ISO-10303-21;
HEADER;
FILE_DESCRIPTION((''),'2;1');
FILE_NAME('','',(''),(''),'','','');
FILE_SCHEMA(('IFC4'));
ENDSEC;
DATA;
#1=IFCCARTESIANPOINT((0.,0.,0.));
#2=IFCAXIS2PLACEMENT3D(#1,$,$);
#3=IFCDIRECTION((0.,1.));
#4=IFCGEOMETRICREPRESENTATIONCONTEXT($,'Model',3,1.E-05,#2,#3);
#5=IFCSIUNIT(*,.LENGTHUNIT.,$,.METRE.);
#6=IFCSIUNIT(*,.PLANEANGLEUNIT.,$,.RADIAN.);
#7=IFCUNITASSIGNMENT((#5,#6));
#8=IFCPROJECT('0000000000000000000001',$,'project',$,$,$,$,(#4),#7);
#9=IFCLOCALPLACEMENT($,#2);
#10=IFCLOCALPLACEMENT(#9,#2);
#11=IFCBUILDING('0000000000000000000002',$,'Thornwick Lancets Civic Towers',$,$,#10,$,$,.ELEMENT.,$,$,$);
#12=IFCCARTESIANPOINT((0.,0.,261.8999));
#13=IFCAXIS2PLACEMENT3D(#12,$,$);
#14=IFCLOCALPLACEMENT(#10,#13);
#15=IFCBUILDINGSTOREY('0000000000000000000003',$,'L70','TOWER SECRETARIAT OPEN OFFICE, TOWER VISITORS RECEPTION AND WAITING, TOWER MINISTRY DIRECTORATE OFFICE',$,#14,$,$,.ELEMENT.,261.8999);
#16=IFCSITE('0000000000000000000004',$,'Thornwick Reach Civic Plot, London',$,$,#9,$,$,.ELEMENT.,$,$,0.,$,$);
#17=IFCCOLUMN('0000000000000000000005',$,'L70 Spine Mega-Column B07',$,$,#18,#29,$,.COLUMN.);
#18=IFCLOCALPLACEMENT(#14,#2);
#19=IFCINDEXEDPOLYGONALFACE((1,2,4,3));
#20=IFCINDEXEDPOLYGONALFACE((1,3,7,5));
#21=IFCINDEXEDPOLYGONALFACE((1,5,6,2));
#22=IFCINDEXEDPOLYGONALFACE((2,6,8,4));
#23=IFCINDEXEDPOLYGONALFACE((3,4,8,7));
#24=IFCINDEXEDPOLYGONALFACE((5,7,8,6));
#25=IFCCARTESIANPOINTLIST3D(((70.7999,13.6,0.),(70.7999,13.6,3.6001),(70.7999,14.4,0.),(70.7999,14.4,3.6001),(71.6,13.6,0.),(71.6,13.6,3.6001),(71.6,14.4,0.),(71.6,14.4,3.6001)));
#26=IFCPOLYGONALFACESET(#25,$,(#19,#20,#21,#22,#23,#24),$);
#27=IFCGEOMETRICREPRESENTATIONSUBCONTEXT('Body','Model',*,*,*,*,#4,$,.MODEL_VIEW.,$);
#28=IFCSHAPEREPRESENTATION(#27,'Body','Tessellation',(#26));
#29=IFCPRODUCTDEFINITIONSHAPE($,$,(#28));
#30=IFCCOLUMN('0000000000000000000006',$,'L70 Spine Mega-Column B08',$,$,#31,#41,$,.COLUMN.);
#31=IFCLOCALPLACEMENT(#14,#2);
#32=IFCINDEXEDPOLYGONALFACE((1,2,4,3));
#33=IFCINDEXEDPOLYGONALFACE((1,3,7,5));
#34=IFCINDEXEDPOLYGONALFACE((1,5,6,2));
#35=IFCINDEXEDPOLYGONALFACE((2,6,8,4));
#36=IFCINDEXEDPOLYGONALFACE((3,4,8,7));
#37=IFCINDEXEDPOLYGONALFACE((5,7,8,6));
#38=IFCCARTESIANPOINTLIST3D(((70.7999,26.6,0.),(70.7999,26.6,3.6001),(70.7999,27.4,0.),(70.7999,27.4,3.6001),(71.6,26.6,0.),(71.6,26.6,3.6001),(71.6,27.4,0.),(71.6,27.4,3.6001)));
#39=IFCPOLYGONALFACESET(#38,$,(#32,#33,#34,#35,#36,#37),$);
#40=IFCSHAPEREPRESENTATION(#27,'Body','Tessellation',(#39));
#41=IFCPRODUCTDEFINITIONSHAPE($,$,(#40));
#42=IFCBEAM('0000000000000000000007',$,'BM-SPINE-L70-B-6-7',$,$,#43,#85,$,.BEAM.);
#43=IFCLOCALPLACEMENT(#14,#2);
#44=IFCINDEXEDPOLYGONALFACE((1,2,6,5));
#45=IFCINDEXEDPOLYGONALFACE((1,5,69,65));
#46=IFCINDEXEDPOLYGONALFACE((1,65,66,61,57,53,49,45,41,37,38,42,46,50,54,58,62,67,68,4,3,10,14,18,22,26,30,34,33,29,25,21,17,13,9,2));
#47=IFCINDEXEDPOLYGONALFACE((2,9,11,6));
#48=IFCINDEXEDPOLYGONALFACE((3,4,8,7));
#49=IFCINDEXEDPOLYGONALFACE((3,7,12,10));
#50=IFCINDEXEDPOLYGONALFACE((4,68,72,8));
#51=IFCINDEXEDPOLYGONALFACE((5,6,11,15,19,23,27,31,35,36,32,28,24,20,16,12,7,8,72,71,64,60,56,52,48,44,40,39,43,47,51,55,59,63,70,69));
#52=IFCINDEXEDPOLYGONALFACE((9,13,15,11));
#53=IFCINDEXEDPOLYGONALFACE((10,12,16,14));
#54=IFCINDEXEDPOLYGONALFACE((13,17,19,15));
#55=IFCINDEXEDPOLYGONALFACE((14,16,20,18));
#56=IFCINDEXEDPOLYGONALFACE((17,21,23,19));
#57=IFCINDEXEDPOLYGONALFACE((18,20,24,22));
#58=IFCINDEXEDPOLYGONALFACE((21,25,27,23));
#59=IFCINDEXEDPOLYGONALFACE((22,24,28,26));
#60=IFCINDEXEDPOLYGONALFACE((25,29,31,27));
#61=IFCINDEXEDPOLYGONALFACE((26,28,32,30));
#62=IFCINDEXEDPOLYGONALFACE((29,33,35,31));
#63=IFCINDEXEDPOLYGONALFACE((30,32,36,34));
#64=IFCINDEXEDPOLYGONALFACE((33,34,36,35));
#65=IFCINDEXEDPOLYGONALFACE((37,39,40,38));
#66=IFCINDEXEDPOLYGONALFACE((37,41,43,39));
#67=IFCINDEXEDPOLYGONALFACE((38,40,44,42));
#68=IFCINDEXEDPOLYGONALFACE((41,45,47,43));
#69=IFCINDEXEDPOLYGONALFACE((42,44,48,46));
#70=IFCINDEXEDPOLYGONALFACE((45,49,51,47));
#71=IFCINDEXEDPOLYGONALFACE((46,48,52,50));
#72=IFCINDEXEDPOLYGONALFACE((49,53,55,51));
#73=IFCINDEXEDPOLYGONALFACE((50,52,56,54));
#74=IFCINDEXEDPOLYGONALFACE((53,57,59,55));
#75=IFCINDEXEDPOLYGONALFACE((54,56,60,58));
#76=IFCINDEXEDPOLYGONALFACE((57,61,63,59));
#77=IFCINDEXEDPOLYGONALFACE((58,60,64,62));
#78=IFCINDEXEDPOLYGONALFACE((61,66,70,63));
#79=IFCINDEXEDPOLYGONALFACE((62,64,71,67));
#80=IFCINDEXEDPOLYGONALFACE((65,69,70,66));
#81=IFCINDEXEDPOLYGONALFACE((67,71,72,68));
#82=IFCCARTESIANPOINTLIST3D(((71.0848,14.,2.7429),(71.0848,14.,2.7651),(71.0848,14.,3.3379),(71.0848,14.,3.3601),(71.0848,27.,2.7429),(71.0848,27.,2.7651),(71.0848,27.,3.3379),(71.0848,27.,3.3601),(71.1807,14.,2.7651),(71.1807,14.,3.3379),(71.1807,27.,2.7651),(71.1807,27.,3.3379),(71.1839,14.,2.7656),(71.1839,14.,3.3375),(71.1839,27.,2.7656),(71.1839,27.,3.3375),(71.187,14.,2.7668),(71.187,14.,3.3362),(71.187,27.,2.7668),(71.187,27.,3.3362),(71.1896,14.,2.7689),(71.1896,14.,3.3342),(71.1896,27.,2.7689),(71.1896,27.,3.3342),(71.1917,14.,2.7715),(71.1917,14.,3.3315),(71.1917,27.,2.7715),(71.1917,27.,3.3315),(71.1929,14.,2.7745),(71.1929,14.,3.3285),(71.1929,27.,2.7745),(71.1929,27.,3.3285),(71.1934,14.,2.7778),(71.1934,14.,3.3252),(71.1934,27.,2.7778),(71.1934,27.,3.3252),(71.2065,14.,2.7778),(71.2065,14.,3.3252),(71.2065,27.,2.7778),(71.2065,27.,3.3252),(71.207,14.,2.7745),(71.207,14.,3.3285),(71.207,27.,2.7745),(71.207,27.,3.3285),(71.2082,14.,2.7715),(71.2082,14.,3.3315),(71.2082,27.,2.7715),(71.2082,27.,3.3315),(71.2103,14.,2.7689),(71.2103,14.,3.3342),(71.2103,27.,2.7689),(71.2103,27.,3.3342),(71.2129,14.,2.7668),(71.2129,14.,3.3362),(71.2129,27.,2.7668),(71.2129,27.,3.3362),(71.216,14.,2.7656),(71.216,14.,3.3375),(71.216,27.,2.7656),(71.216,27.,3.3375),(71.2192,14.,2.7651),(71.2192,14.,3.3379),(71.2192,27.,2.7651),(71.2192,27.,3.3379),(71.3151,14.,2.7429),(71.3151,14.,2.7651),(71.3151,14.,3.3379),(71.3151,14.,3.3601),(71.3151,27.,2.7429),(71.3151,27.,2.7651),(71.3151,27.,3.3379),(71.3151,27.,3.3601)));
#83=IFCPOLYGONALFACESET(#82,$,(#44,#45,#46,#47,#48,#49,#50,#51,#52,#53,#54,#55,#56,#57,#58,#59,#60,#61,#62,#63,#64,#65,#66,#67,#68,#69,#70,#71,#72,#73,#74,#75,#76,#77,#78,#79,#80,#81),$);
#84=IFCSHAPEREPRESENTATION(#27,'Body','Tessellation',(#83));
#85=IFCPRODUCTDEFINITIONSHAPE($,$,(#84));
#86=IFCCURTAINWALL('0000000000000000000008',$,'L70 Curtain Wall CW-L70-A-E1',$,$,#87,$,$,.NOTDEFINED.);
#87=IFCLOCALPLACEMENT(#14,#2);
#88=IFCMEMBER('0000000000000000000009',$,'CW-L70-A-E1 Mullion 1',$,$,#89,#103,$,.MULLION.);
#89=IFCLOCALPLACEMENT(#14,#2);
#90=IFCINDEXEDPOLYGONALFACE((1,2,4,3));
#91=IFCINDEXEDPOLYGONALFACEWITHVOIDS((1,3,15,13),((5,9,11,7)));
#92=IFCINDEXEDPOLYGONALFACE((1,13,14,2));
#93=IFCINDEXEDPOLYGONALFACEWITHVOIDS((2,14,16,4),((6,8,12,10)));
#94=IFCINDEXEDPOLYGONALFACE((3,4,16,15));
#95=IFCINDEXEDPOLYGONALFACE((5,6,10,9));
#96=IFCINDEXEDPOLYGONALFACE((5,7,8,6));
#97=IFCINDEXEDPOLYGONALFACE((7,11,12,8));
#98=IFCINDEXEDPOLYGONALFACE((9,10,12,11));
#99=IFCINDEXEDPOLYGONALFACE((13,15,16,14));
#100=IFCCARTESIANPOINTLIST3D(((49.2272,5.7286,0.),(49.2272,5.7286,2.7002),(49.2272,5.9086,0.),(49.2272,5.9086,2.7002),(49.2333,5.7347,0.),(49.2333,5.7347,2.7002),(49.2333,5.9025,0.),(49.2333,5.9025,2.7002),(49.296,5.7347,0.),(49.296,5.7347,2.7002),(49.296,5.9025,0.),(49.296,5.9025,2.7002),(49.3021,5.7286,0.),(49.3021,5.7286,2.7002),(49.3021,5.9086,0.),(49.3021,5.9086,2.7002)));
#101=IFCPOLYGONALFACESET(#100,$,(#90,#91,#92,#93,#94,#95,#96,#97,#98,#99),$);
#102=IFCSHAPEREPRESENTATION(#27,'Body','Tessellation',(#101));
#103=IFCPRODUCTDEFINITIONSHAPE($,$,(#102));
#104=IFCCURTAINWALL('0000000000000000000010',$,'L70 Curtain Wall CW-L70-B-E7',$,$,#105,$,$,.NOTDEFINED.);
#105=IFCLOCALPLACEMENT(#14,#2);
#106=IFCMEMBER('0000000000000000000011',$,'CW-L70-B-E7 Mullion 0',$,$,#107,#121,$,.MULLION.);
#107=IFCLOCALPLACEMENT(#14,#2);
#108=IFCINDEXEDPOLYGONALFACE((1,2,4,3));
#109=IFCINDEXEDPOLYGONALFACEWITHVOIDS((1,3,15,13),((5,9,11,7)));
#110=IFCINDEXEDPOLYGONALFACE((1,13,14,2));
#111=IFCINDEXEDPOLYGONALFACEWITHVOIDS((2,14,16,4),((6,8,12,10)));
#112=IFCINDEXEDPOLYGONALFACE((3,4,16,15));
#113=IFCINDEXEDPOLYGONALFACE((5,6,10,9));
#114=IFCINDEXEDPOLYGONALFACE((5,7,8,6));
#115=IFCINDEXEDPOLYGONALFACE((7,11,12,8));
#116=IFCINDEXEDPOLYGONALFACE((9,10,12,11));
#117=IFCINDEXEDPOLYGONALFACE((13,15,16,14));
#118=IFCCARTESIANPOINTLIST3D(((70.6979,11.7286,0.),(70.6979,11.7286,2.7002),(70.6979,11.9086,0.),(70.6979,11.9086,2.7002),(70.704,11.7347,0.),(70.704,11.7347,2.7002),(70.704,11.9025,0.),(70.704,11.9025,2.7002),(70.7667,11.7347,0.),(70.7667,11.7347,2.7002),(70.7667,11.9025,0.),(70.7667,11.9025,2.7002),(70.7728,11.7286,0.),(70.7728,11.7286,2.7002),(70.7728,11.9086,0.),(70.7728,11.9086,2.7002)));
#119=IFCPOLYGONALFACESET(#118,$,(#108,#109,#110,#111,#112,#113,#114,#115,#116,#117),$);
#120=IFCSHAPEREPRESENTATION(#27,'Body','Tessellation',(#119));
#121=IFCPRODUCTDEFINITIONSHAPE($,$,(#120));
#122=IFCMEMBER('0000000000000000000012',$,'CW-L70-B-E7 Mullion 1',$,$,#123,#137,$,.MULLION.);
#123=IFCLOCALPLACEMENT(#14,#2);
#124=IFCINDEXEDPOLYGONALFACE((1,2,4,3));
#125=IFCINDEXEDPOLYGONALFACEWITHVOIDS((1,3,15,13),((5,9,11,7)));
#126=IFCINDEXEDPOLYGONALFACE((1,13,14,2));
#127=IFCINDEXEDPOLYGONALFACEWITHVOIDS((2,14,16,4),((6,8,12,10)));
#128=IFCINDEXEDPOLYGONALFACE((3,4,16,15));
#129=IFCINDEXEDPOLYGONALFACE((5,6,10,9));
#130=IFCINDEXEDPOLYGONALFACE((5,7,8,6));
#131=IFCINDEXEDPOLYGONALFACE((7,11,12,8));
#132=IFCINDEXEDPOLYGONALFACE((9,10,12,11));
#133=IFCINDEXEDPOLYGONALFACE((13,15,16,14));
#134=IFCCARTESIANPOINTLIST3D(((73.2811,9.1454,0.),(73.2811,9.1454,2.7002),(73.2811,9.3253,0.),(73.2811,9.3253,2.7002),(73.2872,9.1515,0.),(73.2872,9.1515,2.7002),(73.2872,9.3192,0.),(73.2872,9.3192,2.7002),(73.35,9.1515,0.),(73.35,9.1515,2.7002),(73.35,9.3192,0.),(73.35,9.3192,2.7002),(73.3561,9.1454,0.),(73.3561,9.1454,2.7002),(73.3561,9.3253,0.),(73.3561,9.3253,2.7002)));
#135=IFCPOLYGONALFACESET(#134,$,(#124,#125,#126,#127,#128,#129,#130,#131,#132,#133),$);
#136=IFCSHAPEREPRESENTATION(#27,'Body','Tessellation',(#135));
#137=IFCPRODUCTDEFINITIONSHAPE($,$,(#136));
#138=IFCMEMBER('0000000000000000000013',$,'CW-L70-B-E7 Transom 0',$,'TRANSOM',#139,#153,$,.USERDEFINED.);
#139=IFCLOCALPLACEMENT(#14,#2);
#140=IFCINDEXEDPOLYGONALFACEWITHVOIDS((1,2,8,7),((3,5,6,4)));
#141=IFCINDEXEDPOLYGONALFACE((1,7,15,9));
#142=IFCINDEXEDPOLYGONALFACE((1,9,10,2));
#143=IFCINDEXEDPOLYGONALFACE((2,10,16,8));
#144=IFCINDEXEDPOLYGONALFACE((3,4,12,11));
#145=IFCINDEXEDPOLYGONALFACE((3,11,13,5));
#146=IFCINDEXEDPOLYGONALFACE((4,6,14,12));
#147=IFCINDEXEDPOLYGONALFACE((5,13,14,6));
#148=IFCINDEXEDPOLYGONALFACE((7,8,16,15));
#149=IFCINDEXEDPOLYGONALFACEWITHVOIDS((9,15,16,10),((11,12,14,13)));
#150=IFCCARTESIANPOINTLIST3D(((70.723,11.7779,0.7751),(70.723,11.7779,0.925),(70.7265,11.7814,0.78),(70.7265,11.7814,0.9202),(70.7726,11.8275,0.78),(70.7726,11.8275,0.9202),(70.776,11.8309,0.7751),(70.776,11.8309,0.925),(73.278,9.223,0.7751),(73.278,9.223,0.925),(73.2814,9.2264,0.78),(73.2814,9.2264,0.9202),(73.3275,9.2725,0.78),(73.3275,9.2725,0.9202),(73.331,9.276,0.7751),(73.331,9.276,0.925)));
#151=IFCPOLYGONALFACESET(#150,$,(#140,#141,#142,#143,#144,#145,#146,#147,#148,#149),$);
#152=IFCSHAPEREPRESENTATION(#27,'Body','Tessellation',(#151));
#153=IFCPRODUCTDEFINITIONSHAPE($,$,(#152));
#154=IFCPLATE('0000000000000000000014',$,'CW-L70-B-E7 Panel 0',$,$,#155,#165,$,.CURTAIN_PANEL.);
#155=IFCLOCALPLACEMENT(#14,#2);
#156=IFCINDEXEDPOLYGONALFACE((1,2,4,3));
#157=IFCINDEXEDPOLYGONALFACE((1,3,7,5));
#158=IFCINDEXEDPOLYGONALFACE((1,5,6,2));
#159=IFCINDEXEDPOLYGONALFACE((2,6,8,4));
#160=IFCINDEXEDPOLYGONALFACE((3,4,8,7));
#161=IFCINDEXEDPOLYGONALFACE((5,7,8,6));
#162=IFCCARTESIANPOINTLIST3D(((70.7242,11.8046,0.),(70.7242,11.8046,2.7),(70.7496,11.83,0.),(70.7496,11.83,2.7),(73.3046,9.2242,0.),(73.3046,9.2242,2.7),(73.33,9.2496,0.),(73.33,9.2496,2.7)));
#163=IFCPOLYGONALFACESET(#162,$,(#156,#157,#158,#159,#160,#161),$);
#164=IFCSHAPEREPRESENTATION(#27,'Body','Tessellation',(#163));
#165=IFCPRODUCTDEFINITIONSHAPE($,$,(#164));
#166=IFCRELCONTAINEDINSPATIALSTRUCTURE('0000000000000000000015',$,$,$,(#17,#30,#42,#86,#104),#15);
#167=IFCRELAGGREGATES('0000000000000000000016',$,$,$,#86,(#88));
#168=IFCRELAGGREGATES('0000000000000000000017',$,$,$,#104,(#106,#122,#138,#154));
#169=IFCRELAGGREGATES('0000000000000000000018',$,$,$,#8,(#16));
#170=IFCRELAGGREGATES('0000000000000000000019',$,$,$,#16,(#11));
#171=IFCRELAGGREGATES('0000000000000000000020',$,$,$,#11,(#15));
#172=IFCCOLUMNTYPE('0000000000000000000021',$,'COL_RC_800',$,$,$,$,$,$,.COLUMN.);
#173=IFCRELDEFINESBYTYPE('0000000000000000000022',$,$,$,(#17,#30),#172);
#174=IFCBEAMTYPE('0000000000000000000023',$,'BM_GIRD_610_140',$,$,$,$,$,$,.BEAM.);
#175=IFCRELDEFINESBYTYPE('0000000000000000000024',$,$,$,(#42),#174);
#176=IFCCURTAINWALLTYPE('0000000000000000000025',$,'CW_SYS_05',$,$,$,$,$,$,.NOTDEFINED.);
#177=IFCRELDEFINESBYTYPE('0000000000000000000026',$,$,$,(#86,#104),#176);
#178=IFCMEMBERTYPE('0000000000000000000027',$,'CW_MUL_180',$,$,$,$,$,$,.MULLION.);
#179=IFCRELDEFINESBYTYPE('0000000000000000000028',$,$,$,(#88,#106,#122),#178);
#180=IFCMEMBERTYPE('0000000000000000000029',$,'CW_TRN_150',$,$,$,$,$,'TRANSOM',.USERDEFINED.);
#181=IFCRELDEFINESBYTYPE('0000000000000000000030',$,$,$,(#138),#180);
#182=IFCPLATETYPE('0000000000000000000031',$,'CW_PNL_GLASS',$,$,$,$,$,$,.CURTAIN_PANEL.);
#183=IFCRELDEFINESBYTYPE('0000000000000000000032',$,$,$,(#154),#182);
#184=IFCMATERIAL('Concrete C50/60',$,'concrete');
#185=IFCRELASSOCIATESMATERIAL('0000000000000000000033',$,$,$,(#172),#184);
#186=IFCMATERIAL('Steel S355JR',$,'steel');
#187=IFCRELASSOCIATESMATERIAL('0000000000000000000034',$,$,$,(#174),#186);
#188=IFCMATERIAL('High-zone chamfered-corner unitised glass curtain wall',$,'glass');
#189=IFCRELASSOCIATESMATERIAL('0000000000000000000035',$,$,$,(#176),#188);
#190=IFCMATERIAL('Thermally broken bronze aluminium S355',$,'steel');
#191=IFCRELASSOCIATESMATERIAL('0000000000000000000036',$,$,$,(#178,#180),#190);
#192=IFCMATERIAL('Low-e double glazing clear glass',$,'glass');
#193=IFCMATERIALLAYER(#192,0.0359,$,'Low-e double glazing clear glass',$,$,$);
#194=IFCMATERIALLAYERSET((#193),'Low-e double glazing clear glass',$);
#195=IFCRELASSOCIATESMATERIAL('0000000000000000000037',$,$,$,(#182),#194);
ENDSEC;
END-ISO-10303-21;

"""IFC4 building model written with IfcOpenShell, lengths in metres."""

from ifc_helpers import new_model, si_unit, direction, frame, origin, origin_2d, place, context, subcontext, project, spatial, rectangle, hollow_rectangle, i_section, extrude, material, layer, layer_set, material_profile, profile_set, type_object, element, aggregate, save


model = new_model("IFC4")

# Units and contexts
model_context = context("Model", 3, precision=1e-05, world=origin(), true_north=direction((0.0, 1.0)))
body_context = subcontext(model_context, "Body", "Model", "MODEL_VIEW")
ifc_project = project(units=[si_unit("LENGTHUNIT", "METRE"), si_unit("PLANEANGLEUNIT", "RADIAN")], contexts=[model_context])

# Site, building, storey
site_placement = place(None, origin())
site = spatial("IfcSite", under=ifc_project, at=site_placement, Name="Thornwick Reach Civic Plot, London", CompositionType="ELEMENT", RefElevation=0.0)
building_placement = place(site_placement, origin())
building = spatial("IfcBuilding", under=site, at=building_placement, Name="Thornwick Lancets Civic Towers", CompositionType="ELEMENT")
storey_placement = place(building_placement, frame((0.0, 0.0, 261.8999)))
storey = spatial("IfcBuildingStorey", under=building, at=storey_placement, Name="L70", Description="TOWER SECRETARIAT OPEN OFFICE, TOWER VISITORS RECEPTION AND WAITING, TOWER MINISTRY DIRECTORATE OFFICE", CompositionType="ELEMENT", Elevation=261.8999)

# Columns
ifc_material_1 = material(Name="Concrete C50/60", Category="concrete")
ifc_material_profile_1 = material_profile(ifc_material_1, rectangle(XDim=0.8, YDim=0.8, at=origin_2d()), Name="RC 800x800")
ifc_profile_set_1 = profile_set([ifc_material_profile_1], Name="Concrete C50/60")
column_type = type_object("IfcColumnType", Name="COL_RC_800", PredefinedType="COLUMN", material=ifc_profile_set_1)
for number, where, z_axis, x_axis, name in (
    (1, (71.2, 14.0, 0.0), (0.0, 0.0, 1.0), (1.0, 0.0, 0.0), "L70 Spine Mega-Column B07"),
    (2, (71.2, 27.0, 0.0), (0.0, 0.0, 1.0), (1.0, 0.0, 0.0), "L70 Spine Mega-Column B08"),
):
    element("IfcColumn", number, at=place(storey_placement, frame(where, z_axis=z_axis, x_axis=x_axis)), inside=storey, type_object=column_type, Name=name, PredefinedType="COLUMN", context=body_context, shape_type="SweptSolid", body=[
        extrude(rectangle(XDim=0.8, YDim=0.8, at=origin_2d()), origin(), (0.0, 0.0, 1.0), 3.6001),
    ])

# Beam
ifc_material_2 = material(Name="Steel S355JR", Category="steel")
ifc_material_profile_2 = material_profile(ifc_material_2, i_section(OverallWidth=0.2302, OverallDepth=0.6172, WebThickness=0.0132, FlangeThickness=0.0222, FilletRadius=0.0127, at=origin_2d()), Name="UKB 610x229x140")
ifc_profile_set_2 = profile_set([ifc_material_profile_2], Name="Steel S355JR")
beam_type = type_object("IfcBeamType", Name="BM_GIRD_610_140", PredefinedType="BEAM", material=ifc_profile_set_2)
beam_placement = place(storey_placement, frame((71.2, 14.0, 3.0515), z_axis=(0.0, 1.0, 0.0), x_axis=(-1.0, 0.0, 0.0)))
element("IfcBeam", 3, at=beam_placement, inside=storey, type_object=beam_type, Name="BM-SPINE-L70-B-6-7", PredefinedType="BEAM", context=body_context, shape_type="SweptSolid", body=[
    extrude(i_section(OverallWidth=0.2302, OverallDepth=0.6172, WebThickness=0.0132, FlangeThickness=0.0222, FilletRadius=0.0127, at=origin_2d()), origin(), (0.0, 0.0, 1.0), 13.0),
])

# Curtain wall, member
ifc_material_3 = material(Name="High-zone chamfered-corner unitised glass curtain wall", Category="glass")
curtain_wall_type = type_object("IfcCurtainWallType", Name="CW_SYS_05", PredefinedType="NOTDEFINED", material=ifc_material_3)
curtain_wall_1_placement = place(storey_placement, origin())
curtain_wall_1 = element("IfcCurtainWall", 4, at=curtain_wall_1_placement, inside=storey, type_object=curtain_wall_type, Name="L70 Curtain Wall CW-L70-A-E1", PredefinedType="NOTDEFINED")
ifc_material_4 = material(Name="Thermally broken bronze aluminium S355", Category="steel")
ifc_material_profile_3 = material_profile(ifc_material_4, hollow_rectangle(XDim=0.075, YDim=0.1799, WallThickness=0.0061, at=origin_2d()), Name="RHS 180x75x6")
ifc_profile_set_3 = profile_set([ifc_material_profile_3], Name="Thermally broken bronze aluminium S355")
member_type_1 = type_object("IfcMemberType", Name="CW_MUL_180", PredefinedType="MULLION", material=ifc_profile_set_3)
member_1_placement = place(storey_placement, frame((49.2646, 5.8186, 0.0), z_axis=(0.0, 0.0, 1.0), x_axis=(1.0, 0.0, 0.0)))
member_1 = element("IfcMember", 5, at=member_1_placement, type_object=member_type_1, Name="CW-L70-A-E1 Mullion 1", PredefinedType="MULLION", context=body_context, shape_type="SweptSolid", body=[
    extrude(hollow_rectangle(XDim=0.075, YDim=0.1799, WallThickness=0.0061, at=origin_2d()), origin(), (0.0, 0.0, 1.0), 2.7002),
])
aggregate(curtain_wall_1, [member_1])

# Curtain wall, members, plate
curtain_wall_2_placement = place(storey_placement, origin())
curtain_wall_2 = element("IfcCurtainWall", 6, at=curtain_wall_2_placement, inside=storey, type_object=curtain_wall_type, Name="L70 Curtain Wall CW-L70-B-E7", PredefinedType="NOTDEFINED")
member_2_placement = place(storey_placement, frame((70.7354, 11.8186, 0.0), z_axis=(0.0, 0.0, 1.0), x_axis=(1.0, 0.0, 0.0)))
member_2 = element("IfcMember", 7, at=member_2_placement, type_object=member_type_1, Name="CW-L70-B-E7 Mullion 0", PredefinedType="MULLION", context=body_context, shape_type="SweptSolid", body=[
    extrude(hollow_rectangle(XDim=0.075, YDim=0.1799, WallThickness=0.0061, at=origin_2d()), origin(), (0.0, 0.0, 1.0), 2.7002),
])
member_3_placement = place(storey_placement, frame((73.3186, 9.2354, 0.0), z_axis=(0.0, 0.0, 1.0), x_axis=(1.0, 0.0, 0.0)))
member_3 = element("IfcMember", 8, at=member_3_placement, type_object=member_type_1, Name="CW-L70-B-E7 Mullion 1", PredefinedType="MULLION", context=body_context, shape_type="SweptSolid", body=[
    extrude(hollow_rectangle(XDim=0.075, YDim=0.1799, WallThickness=0.0061, at=origin_2d()), origin(), (0.0, 0.0, 1.0), 2.7002),
])
ifc_material_profile_4 = material_profile(ifc_material_4, hollow_rectangle(XDim=0.075, YDim=0.1499, WallThickness=0.0049, at=origin_2d()), Name="RHS 150x75x5")
ifc_profile_set_4 = profile_set([ifc_material_profile_4], Name="Thermally broken bronze aluminium S355")
member_type_2 = type_object("IfcMemberType", Name="CW_TRN_150", ElementType="TRANSOM", PredefinedType="USERDEFINED", material=ifc_profile_set_4)
member_4_placement = place(storey_placement, frame((70.7495, 11.8044, 0.8501), z_axis=(0.707107, -0.707107, 0.0), x_axis=(0.707107, 0.707107, 0.0)))
member_4 = element("IfcMember", 9, at=member_4_placement, type_object=member_type_2, Name="CW-L70-B-E7 Transom 0", ObjectType="TRANSOM", PredefinedType="USERDEFINED", context=body_context, shape_type="SweptSolid", body=[
    extrude(hollow_rectangle(XDim=0.075, YDim=0.1499, WallThickness=0.0049, at=origin_2d()), origin(), (0.0, 0.0, 1.0), 3.6133),
])
ifc_material_5 = material(Name="Low-e double glazing clear glass", Category="glass")
ifc_layer_1 = layer(ifc_material_5, 0.0359, Name="Low-e double glazing clear glass")
ifc_layer_set_1 = layer_set([ifc_layer_1], Name="Low-e double glazing clear glass")
plate_type = type_object("IfcPlateType", Name="CW_PNL_GLASS", PredefinedType="CURTAIN_PANEL", material=ifc_layer_set_1)
plate_placement = place(storey_placement, frame((72.0271, 10.5271, 0.0), z_axis=(0.0, 0.0, 1.0), x_axis=(0.707107, -0.707107, 0.0)))
plate = element("IfcPlate", 10, at=plate_placement, type_object=plate_type, Name="CW-L70-B-E7 Panel 0", PredefinedType="CURTAIN_PANEL", context=body_context, shape_type="SweptSolid", body=[
    extrude(rectangle(XDim=3.6492, YDim=0.0359, at=origin_2d()), origin(), (0.0, 0.0, 1.0), 2.7),
])
aggregate(curtain_wall_2, [member_2, member_3, member_4, plate])

save(model, "model.ifc")
